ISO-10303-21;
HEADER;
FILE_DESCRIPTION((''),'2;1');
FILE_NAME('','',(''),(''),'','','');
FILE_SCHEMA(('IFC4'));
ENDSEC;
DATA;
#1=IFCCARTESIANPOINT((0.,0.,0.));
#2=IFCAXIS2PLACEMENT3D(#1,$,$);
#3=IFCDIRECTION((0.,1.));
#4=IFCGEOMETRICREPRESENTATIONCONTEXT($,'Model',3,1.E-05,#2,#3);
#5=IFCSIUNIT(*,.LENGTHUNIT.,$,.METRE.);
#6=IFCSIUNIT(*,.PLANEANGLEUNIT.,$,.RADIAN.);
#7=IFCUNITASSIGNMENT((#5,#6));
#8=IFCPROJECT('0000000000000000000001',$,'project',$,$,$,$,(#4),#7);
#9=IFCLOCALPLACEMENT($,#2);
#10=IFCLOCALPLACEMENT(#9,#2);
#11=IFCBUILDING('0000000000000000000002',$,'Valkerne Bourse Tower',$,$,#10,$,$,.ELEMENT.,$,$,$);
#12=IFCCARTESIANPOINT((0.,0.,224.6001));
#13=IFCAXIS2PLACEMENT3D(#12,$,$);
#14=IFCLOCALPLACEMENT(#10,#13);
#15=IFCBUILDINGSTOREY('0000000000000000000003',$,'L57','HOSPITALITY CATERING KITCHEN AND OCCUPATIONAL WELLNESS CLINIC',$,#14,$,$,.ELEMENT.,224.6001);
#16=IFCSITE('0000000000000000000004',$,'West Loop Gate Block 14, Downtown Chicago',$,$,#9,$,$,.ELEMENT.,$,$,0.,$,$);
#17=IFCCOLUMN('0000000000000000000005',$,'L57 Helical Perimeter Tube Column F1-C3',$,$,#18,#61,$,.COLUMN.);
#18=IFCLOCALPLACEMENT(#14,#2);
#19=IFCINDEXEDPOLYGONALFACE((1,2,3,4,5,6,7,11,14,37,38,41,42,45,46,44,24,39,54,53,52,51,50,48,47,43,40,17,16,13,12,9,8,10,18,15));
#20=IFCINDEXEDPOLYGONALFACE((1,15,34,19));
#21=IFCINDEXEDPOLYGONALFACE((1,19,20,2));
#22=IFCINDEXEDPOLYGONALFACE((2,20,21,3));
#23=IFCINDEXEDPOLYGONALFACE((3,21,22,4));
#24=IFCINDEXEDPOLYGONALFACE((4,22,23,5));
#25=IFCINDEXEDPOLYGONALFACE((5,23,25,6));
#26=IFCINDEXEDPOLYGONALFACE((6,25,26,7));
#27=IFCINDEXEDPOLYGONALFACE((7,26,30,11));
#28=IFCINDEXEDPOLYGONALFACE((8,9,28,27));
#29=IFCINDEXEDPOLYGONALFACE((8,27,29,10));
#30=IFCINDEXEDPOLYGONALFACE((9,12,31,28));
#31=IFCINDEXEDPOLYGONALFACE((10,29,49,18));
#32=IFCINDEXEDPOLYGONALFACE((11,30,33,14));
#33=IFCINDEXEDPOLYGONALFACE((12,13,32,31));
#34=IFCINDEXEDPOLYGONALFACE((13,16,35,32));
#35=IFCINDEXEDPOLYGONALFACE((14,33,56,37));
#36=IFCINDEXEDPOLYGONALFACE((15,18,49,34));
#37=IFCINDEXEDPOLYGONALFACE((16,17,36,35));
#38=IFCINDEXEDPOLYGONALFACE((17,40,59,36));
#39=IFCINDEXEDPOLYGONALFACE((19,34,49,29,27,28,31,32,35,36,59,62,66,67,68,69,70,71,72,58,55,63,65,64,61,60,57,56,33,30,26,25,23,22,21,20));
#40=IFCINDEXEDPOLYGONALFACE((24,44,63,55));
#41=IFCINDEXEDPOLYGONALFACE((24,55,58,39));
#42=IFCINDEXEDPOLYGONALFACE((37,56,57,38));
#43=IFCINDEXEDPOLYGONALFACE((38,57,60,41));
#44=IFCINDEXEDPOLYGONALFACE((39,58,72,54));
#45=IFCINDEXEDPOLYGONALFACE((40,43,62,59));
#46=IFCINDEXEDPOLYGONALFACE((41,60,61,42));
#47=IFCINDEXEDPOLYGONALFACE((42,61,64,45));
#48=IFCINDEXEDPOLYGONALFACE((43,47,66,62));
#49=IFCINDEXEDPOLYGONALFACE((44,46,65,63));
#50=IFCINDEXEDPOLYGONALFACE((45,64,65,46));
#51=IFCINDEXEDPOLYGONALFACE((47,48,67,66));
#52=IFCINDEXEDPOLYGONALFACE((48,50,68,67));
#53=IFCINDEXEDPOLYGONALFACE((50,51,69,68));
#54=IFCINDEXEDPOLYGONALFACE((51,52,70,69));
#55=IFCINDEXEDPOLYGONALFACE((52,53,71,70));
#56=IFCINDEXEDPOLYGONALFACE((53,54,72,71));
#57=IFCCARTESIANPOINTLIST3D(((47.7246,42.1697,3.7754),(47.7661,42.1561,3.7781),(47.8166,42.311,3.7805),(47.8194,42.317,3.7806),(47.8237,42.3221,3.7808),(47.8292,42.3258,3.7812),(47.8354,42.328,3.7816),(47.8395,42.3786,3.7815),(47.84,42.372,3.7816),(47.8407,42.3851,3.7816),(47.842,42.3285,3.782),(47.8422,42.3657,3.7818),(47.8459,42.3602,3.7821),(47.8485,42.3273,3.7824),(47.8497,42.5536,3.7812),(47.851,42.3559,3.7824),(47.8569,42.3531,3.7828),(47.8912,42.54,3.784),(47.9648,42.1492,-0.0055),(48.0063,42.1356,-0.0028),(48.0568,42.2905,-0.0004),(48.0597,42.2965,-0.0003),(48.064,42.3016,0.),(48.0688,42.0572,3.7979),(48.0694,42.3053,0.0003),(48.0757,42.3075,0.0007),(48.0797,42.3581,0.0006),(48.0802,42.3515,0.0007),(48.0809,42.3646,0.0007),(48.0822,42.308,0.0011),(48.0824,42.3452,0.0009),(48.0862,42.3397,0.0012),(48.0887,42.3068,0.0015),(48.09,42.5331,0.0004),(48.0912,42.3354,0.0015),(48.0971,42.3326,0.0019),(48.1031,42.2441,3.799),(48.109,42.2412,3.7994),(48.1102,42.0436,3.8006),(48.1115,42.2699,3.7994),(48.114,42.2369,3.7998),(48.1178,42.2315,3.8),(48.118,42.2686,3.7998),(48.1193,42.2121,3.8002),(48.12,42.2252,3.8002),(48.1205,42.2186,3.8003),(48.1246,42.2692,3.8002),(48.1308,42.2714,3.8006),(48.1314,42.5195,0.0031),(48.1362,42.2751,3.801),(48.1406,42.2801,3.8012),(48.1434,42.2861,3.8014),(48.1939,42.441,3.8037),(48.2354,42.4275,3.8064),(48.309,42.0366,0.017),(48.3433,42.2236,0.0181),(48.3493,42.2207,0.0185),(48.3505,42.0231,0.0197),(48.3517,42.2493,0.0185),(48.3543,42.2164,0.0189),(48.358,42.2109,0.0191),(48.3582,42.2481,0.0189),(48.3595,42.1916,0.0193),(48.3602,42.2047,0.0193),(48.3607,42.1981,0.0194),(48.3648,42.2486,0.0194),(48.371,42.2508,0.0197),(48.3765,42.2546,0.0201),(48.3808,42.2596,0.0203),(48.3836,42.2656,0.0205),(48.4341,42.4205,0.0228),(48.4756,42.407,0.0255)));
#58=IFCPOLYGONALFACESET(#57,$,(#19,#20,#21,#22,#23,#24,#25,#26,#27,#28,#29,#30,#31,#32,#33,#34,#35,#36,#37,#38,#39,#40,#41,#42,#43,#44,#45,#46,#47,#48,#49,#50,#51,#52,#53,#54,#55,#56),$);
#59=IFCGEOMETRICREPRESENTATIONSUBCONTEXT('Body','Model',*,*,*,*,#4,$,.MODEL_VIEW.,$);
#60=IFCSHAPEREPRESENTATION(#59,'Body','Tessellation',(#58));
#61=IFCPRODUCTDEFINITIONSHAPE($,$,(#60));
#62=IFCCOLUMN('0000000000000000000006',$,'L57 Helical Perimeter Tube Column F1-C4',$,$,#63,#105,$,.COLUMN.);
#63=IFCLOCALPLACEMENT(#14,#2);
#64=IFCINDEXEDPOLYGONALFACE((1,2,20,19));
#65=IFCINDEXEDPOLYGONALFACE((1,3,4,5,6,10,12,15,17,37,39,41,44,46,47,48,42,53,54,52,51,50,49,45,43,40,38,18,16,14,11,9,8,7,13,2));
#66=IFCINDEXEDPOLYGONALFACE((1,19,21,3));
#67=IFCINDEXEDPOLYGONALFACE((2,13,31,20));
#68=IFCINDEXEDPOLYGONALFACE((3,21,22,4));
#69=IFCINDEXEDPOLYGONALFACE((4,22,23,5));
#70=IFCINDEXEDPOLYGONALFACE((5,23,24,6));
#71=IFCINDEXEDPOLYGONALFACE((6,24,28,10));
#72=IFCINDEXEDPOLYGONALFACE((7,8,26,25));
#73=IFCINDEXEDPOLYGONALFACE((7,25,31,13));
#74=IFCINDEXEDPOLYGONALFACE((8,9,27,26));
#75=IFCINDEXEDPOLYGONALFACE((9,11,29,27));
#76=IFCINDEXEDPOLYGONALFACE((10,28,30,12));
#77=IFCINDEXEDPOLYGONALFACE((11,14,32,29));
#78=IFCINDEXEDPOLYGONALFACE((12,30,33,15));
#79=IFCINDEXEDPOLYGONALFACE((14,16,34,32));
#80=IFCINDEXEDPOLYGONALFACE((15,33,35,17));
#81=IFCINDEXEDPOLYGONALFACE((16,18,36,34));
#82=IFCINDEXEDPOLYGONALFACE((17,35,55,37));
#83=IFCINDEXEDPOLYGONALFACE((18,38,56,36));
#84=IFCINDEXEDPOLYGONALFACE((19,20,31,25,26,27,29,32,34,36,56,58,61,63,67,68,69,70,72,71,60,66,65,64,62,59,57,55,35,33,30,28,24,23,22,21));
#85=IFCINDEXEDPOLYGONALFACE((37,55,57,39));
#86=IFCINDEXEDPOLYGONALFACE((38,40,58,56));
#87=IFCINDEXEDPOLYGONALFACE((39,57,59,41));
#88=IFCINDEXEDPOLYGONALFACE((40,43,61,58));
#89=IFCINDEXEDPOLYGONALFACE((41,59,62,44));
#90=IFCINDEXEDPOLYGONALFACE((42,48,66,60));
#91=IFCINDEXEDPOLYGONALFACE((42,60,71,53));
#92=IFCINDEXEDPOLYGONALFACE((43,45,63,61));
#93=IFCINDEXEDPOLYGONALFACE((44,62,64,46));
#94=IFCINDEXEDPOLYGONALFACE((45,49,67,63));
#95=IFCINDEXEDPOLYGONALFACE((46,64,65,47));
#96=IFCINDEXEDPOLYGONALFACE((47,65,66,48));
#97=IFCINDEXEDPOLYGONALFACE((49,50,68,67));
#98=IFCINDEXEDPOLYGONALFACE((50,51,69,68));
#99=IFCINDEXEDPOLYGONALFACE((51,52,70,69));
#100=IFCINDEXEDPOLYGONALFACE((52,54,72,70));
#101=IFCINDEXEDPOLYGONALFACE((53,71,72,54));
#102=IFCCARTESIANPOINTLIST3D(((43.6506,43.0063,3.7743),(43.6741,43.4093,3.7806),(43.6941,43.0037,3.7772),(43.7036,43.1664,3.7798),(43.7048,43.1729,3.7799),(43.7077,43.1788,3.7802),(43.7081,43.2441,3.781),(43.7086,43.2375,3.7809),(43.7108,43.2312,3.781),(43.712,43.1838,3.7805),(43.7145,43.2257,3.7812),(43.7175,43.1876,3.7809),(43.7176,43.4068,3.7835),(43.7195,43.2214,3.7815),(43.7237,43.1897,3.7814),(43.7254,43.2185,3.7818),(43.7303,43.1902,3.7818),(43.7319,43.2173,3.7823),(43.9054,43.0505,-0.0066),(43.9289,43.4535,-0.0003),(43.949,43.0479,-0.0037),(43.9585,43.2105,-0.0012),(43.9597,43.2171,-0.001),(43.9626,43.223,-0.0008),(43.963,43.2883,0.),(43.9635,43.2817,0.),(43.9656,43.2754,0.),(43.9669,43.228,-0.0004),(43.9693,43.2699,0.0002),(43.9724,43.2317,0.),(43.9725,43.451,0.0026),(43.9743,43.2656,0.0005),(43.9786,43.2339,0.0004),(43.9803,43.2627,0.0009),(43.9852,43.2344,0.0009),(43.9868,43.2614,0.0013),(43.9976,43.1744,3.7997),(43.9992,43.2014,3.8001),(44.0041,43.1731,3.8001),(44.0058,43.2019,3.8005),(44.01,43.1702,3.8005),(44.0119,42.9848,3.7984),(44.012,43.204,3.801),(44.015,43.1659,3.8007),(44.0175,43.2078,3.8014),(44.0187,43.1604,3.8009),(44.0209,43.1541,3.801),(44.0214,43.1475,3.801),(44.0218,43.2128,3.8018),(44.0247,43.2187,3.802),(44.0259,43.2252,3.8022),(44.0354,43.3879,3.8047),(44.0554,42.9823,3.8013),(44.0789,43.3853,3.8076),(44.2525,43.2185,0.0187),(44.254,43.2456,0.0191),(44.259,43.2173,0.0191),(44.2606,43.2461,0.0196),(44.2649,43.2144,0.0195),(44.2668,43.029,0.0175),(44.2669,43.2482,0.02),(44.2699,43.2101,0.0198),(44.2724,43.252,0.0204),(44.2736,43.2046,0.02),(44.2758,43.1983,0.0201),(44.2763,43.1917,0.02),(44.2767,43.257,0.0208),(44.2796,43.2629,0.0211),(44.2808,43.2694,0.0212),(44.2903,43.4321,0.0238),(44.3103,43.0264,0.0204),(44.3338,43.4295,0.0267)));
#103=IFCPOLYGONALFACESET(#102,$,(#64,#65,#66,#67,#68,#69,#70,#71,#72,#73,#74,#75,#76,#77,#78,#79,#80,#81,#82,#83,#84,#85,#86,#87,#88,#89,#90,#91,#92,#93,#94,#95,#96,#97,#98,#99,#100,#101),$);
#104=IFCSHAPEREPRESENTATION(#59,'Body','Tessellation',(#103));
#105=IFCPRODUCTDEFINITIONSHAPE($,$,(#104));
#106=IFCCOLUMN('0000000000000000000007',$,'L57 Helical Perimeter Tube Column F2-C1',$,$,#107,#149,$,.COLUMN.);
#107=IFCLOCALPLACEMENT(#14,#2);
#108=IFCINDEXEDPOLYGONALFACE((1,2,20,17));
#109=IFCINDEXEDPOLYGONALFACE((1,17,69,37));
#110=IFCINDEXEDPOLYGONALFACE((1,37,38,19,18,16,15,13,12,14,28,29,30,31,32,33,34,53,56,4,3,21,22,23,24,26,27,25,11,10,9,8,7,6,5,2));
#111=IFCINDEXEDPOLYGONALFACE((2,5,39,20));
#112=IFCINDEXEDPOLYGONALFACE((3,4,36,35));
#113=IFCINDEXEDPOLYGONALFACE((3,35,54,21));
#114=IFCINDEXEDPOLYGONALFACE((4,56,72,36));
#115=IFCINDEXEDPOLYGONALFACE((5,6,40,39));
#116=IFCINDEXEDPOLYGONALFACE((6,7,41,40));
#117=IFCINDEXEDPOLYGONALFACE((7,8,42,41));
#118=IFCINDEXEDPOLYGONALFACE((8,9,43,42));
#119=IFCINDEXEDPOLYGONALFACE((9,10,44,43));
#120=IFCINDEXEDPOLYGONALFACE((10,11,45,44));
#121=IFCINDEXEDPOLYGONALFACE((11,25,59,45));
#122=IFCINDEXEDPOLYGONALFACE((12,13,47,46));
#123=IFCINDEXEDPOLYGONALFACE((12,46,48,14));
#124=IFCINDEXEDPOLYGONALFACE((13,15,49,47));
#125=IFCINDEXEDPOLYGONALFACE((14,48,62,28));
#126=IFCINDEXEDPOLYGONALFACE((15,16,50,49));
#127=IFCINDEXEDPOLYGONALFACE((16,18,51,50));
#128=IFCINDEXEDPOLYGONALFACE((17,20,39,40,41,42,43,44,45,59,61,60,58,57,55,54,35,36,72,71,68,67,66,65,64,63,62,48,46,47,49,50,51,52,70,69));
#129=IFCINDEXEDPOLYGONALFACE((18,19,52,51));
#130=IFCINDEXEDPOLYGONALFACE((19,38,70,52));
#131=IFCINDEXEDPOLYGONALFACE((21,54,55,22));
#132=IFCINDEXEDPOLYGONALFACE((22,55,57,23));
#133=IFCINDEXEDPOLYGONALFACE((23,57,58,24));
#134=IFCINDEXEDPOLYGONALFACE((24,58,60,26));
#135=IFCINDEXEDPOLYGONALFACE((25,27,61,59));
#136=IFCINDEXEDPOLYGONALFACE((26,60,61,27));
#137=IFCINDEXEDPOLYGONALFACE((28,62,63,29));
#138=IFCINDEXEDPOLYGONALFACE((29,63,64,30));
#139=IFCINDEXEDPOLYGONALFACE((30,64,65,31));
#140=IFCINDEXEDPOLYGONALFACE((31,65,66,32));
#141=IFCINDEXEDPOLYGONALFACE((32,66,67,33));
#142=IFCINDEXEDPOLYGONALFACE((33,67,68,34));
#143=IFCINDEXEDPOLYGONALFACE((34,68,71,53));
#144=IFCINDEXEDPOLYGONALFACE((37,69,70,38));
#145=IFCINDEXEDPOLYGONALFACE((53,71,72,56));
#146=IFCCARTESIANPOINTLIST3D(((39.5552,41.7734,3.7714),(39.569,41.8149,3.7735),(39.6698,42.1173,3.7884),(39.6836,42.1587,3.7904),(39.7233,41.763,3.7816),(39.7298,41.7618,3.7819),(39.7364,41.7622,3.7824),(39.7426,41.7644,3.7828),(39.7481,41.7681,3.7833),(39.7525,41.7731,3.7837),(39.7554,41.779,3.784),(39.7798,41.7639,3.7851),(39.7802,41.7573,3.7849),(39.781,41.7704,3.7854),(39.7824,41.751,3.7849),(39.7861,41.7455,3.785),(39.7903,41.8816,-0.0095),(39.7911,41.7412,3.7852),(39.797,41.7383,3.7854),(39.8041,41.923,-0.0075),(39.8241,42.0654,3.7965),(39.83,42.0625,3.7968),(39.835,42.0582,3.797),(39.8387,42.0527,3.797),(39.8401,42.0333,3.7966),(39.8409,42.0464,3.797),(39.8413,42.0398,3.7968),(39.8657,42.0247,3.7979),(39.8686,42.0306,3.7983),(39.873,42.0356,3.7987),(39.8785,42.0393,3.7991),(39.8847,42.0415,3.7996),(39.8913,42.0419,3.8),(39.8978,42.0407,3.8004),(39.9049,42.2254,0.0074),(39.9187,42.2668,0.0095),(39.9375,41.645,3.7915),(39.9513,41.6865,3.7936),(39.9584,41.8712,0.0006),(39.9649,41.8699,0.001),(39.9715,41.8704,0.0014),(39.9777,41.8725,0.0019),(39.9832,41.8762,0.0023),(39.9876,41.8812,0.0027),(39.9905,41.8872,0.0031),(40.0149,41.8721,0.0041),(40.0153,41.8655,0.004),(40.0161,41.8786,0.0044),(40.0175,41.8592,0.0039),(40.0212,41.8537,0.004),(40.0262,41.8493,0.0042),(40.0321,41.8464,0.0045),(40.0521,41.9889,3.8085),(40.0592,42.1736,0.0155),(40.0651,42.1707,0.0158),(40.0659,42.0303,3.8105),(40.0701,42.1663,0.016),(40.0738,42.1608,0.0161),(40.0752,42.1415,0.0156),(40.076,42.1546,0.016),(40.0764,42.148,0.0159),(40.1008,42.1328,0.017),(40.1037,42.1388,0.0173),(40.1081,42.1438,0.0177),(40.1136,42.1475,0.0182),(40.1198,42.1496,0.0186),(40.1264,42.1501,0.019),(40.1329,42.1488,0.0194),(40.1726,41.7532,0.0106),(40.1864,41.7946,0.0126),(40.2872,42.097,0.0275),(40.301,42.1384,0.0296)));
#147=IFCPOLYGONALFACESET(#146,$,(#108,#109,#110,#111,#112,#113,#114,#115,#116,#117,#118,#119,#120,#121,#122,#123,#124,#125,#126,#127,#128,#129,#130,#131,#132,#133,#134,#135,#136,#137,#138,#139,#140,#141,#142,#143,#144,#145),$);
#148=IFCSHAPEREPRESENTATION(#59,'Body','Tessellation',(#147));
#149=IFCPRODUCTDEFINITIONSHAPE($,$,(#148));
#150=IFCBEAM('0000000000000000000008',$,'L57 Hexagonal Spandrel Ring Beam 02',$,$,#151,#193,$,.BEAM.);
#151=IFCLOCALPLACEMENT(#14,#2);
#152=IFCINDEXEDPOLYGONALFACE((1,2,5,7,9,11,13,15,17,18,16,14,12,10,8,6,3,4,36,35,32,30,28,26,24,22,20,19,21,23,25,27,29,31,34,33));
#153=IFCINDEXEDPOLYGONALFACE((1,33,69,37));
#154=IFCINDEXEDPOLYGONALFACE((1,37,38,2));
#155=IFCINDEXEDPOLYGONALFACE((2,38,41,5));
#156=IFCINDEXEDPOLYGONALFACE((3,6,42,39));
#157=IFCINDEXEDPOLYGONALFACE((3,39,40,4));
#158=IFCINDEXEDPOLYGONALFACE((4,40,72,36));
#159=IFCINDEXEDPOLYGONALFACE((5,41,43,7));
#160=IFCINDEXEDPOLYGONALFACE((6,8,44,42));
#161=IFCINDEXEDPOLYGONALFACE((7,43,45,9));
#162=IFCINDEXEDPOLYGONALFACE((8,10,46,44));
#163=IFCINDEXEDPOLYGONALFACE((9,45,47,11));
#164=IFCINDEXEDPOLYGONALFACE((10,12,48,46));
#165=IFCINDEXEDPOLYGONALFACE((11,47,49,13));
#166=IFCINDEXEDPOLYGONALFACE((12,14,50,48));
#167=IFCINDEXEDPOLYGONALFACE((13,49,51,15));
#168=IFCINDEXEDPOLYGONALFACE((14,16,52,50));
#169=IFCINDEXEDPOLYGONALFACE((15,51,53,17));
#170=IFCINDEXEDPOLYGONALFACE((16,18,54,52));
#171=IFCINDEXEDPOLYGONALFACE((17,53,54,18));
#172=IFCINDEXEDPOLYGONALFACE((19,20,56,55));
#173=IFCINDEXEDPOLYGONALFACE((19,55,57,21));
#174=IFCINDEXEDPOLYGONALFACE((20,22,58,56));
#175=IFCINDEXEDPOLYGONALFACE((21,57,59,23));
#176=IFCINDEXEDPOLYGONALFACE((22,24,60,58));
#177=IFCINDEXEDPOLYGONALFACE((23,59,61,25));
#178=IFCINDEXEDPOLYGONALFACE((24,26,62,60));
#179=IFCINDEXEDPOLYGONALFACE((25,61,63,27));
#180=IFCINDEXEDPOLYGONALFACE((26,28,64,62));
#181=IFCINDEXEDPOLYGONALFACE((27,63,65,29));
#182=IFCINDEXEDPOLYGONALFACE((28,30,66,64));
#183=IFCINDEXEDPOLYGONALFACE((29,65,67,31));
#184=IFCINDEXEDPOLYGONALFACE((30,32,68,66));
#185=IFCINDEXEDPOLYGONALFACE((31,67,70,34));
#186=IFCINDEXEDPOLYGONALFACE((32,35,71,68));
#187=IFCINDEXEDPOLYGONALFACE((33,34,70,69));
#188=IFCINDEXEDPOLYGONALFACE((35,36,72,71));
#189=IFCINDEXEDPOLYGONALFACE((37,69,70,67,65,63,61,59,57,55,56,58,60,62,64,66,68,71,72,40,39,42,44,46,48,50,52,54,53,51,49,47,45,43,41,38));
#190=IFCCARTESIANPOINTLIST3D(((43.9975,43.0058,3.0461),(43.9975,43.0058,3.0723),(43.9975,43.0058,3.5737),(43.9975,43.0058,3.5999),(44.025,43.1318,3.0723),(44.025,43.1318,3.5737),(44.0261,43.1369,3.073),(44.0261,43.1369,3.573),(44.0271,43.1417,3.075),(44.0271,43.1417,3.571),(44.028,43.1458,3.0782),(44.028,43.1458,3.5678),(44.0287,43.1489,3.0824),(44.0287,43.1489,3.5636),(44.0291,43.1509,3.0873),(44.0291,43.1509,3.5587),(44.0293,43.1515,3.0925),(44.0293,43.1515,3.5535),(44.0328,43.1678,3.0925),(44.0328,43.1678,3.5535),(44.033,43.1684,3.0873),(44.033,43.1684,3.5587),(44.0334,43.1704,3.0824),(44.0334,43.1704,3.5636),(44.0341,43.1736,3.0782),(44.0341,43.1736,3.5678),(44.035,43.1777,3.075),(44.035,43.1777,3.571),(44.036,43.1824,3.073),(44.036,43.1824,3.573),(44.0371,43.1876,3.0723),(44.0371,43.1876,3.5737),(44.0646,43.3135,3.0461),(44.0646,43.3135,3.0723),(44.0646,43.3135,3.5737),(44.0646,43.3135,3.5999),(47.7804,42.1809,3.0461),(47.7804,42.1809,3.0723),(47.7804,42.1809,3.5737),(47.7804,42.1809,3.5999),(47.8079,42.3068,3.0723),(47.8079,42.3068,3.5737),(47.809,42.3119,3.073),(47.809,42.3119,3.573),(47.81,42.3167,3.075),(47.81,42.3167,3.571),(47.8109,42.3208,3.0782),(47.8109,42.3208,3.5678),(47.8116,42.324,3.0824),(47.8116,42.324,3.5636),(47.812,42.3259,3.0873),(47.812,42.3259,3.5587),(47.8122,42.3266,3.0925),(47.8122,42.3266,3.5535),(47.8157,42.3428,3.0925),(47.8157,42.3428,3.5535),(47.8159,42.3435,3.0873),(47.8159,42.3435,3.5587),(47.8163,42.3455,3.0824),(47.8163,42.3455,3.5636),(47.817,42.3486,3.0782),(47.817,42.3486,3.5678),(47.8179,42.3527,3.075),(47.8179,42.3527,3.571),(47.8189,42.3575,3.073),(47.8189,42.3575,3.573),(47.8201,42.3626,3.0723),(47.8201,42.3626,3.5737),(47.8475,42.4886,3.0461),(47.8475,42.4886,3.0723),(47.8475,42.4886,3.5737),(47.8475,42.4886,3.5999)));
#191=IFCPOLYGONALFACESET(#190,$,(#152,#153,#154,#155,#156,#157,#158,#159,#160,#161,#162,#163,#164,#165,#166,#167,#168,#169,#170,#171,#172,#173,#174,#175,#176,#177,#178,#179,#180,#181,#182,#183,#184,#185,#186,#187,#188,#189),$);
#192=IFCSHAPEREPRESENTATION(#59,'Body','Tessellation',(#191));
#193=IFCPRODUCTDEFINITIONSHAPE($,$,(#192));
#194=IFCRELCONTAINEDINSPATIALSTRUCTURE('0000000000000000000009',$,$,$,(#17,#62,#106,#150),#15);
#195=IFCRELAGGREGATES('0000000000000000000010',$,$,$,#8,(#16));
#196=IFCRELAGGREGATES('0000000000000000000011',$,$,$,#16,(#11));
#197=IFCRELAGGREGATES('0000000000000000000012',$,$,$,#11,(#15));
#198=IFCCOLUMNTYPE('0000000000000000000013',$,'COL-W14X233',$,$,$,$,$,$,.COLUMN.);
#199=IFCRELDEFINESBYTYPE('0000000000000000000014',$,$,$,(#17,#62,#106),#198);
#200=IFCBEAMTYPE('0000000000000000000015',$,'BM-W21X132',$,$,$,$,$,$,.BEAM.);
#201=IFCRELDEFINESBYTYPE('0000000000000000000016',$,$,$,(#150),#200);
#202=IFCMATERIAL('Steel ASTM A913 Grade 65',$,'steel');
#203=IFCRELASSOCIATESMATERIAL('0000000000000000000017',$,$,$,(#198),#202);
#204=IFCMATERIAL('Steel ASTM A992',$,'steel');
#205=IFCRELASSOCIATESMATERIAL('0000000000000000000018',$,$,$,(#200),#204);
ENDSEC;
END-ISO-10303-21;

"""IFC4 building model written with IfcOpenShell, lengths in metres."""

from ifc_helpers import new_model, si_unit, direction, frame, origin, origin_2d, place, context, subcontext, project, spatial, i_section, extrude, material, material_profile, profile_set, type_object, element, save


model = new_model("IFC4")

# Units and contexts
model_context = context("Model", 3, precision=1e-05, world=origin(), true_north=direction((0.0, 1.0)))
body_context = subcontext(model_context, "Body", "Model", "MODEL_VIEW")
ifc_project = project(units=[si_unit("LENGTHUNIT", "METRE"), si_unit("PLANEANGLEUNIT", "RADIAN")], contexts=[model_context])

# Site, building, storey
site_placement = place(None, origin())
site = spatial("IfcSite", under=ifc_project, at=site_placement, Name="West Loop Gate Block 14, Downtown Chicago", CompositionType="ELEMENT", RefElevation=0.0)
building_placement = place(site_placement, origin())
building = spatial("IfcBuilding", under=site, at=building_placement, Name="Valkerne Bourse Tower", CompositionType="ELEMENT")
storey_placement = place(building_placement, frame((0.0, 0.0, 224.6001)))
storey = spatial("IfcBuildingStorey", under=building, at=storey_placement, Name="L57", Description="HOSPITALITY CATERING KITCHEN AND OCCUPATIONAL WELLNESS CLINIC", CompositionType="ELEMENT", Elevation=224.6001)

# Columns
ifc_material_1 = material(Name="Steel ASTM A913 Grade 65", Category="steel")
ifc_material_profile_1 = material_profile(ifc_material_1, i_section(OverallWidth=0.4038, OverallDepth=0.4065, WebThickness=0.0271, FlangeThickness=0.0437, FilletRadius=0.0254, at=origin_2d()), Name="W14X233")
ifc_profile_set_1 = profile_set([ifc_material_profile_1], Name="Steel ASTM A913 Grade 65")
column_type = type_object("IfcColumnType", Name="COL-W14X233", PredefinedType="COLUMN", material=ifc_profile_set_1)
column_placement = place(storey_placement, frame((48.2202, 42.2781, 0.01), z_axis=(-0.063408, 0.005413, 0.997973), x_axis=(0.309871, 0.950667, 0.014532)))
element("IfcColumn", 1, at=column_placement, inside=storey, type_object=column_type, Name="L57 Helical Perimeter Tube Column F1-C3", PredefinedType="COLUMN", context=body_context, shape_type="SweptSolid", body=[
    extrude(i_section(OverallWidth=0.4038, OverallDepth=0.4065, WebThickness=0.0271, FlangeThickness=0.0437, FilletRadius=0.0254, at=origin_2d()), origin(), (0.0, 0.0, 1.0), 3.7886),
])
for number, where, z_axis, x_axis, name in (
    (2, (44.1196, 43.24, 0.01), (-0.067254, -0.01166, 0.997668), (0.05816, 0.998186, 0.015587), "L57 Helical Perimeter Tube Column F1-C4"),
    (3, (40.0457, 42.01, 0.01), (-0.062036, -0.028538, 0.997666), (-0.946797, 0.317959, -0.049778), "L57 Helical Perimeter Tube Column F2-C1"),
):
    element("IfcColumn", number, at=place(storey_placement, frame(where, z_axis=z_axis, x_axis=x_axis)), inside=storey, type_object=column_type, Name=name, PredefinedType="COLUMN", context=body_context, shape_type="SweptSolid", body=[
        extrude(i_section(OverallWidth=0.4038, OverallDepth=0.4065, WebThickness=0.0271, FlangeThickness=0.0437, FilletRadius=0.0254, at=origin_2d()), origin(), (0.0, 0.0, 1.0), 3.7898),
    ])

# Beam
ifc_material_2 = material(Name="Steel ASTM A992", Category="steel")
ifc_material_profile_2 = material_profile(ifc_material_2, i_section(OverallWidth=0.3149, OverallDepth=0.5537, WebThickness=0.0166, FlangeThickness=0.0261, FilletRadius=0.0203, at=origin_2d()), Name="W21X132")
ifc_profile_set_2 = profile_set([ifc_material_profile_2], Name="Steel ASTM A992")
beam_type_1 = type_object("IfcBeamType", Name="BM-W21X132", PredefinedType="BEAM", material=ifc_profile_set_2)
beam_1_placement = place(storey_placement, frame((47.814, 42.3347, 3.323), z_axis=(-0.977038, 0.213063, 0.0), x_axis=(-0.213063, -0.977038, 0.0)))
element("IfcBeam", 4, at=beam_1_placement, inside=storey, type_object=beam_type_1, Name="L57 Hexagonal Spandrel Ring Beam 02", PredefinedType="BEAM", context=body_context, shape_type="SweptSolid", body=[
    extrude(i_section(OverallWidth=0.3149, OverallDepth=0.5537, WebThickness=0.0166, FlangeThickness=0.0261, FilletRadius=0.0203, at=origin_2d()), origin(), (0.0, 0.0, 1.0), 3.8718),
])

save(model, "model.ifc")
